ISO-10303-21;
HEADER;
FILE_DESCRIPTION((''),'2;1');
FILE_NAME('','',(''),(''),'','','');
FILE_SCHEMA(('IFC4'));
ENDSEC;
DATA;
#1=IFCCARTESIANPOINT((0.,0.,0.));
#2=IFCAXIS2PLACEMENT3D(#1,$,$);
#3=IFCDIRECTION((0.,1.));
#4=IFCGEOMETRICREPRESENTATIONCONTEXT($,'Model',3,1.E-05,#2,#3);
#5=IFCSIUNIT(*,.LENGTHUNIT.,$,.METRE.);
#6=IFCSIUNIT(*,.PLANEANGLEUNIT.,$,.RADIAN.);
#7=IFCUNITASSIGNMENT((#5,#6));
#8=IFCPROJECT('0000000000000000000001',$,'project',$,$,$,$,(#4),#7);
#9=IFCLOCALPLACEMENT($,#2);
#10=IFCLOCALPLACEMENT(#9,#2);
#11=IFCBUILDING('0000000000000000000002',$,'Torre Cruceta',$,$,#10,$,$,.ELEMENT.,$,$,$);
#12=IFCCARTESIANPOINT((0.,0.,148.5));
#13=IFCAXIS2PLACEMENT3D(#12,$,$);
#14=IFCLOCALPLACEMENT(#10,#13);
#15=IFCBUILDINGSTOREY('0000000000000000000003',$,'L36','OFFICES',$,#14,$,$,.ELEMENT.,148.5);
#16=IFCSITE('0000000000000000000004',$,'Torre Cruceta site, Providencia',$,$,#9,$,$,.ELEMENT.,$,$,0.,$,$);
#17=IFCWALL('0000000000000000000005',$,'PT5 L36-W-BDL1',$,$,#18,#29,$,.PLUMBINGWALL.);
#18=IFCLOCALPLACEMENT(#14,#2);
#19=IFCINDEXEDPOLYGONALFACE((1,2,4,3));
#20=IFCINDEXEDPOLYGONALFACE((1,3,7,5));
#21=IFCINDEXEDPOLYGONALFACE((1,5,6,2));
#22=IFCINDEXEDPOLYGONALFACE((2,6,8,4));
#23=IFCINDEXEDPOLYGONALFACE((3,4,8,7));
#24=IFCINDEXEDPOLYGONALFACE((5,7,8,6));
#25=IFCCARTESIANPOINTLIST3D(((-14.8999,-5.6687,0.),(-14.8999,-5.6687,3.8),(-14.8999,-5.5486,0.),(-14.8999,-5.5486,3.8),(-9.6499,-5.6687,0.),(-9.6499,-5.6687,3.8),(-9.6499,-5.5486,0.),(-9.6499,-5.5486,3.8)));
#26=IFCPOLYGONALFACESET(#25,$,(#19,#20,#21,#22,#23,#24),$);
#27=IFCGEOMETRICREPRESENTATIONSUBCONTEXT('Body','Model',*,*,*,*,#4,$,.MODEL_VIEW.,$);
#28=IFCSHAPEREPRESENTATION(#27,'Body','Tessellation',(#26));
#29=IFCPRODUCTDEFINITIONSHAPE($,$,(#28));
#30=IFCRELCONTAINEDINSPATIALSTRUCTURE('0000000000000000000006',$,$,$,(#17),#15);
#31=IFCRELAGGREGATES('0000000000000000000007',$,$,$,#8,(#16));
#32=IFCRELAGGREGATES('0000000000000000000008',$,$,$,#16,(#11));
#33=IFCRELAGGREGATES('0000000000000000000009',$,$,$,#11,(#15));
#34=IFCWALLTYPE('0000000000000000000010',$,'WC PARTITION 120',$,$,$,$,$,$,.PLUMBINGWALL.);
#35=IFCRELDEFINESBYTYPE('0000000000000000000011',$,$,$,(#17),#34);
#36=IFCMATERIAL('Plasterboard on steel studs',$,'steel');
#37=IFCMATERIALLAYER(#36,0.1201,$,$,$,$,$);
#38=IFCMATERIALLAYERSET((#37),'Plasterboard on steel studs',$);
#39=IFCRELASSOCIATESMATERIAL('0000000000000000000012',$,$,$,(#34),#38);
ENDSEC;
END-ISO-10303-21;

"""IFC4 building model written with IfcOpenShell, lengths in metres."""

from ifc_helpers import new_model, si_unit, direction, frame, frame_2d, origin, place, context, subcontext, project, spatial, rectangle, extrude, material, layer, layer_set, type_object, element, save


model = new_model("IFC4")

# Units and contexts
model_context = context("Model", 3, precision=1e-05, world=origin(), true_north=direction((0.0, 1.0)))
body_context = subcontext(model_context, "Body", "Model", "MODEL_VIEW")
ifc_project = project(units=[si_unit("LENGTHUNIT", "METRE"), si_unit("PLANEANGLEUNIT", "RADIAN")], contexts=[model_context])

# Site, building, storey
site_placement = place(None, origin())
site = spatial("IfcSite", under=ifc_project, at=site_placement, Name="Torre Cruceta site, Providencia", CompositionType="ELEMENT", RefElevation=0.0)
building_placement = place(site_placement, origin())
building = spatial("IfcBuilding", under=site, at=building_placement, Name="Torre Cruceta", CompositionType="ELEMENT")
storey_placement = place(building_placement, frame((0.0, 0.0, 148.5)))
storey = spatial("IfcBuildingStorey", under=building, at=storey_placement, Name="L36", Description="OFFICES", CompositionType="ELEMENT", Elevation=148.5)

# Wall
ifc_material_1 = material(Name="Plasterboard on steel studs", Category="steel")
ifc_layer_1 = layer(ifc_material_1, 0.1201)
ifc_layer_set_1 = layer_set([ifc_layer_1], Name="Plasterboard on steel studs")
wall_type_1 = type_object("IfcWallType", Name="WC PARTITION 120", PredefinedType="PLUMBINGWALL", material=ifc_layer_set_1)
wall_1_placement = place(storey_placement, frame((-9.6499, -5.6086, 0.0), z_axis=(0.0, 0.0, 1.0), x_axis=(-1.0, 0.0, 0.0)))
element("IfcWall", 1, at=wall_1_placement, inside=storey, type_object=wall_type_1, Name="PT5 L36-W-BDL1", PredefinedType="PLUMBINGWALL", context=body_context, shape_type="SweptSolid", body=[
    extrude(rectangle(XDim=5.25, YDim=0.1201, at=frame_2d((2.625, 0.0))), origin(), (0.0, 0.0, 1.0), 3.8),
])

save(model, "model.ifc")
